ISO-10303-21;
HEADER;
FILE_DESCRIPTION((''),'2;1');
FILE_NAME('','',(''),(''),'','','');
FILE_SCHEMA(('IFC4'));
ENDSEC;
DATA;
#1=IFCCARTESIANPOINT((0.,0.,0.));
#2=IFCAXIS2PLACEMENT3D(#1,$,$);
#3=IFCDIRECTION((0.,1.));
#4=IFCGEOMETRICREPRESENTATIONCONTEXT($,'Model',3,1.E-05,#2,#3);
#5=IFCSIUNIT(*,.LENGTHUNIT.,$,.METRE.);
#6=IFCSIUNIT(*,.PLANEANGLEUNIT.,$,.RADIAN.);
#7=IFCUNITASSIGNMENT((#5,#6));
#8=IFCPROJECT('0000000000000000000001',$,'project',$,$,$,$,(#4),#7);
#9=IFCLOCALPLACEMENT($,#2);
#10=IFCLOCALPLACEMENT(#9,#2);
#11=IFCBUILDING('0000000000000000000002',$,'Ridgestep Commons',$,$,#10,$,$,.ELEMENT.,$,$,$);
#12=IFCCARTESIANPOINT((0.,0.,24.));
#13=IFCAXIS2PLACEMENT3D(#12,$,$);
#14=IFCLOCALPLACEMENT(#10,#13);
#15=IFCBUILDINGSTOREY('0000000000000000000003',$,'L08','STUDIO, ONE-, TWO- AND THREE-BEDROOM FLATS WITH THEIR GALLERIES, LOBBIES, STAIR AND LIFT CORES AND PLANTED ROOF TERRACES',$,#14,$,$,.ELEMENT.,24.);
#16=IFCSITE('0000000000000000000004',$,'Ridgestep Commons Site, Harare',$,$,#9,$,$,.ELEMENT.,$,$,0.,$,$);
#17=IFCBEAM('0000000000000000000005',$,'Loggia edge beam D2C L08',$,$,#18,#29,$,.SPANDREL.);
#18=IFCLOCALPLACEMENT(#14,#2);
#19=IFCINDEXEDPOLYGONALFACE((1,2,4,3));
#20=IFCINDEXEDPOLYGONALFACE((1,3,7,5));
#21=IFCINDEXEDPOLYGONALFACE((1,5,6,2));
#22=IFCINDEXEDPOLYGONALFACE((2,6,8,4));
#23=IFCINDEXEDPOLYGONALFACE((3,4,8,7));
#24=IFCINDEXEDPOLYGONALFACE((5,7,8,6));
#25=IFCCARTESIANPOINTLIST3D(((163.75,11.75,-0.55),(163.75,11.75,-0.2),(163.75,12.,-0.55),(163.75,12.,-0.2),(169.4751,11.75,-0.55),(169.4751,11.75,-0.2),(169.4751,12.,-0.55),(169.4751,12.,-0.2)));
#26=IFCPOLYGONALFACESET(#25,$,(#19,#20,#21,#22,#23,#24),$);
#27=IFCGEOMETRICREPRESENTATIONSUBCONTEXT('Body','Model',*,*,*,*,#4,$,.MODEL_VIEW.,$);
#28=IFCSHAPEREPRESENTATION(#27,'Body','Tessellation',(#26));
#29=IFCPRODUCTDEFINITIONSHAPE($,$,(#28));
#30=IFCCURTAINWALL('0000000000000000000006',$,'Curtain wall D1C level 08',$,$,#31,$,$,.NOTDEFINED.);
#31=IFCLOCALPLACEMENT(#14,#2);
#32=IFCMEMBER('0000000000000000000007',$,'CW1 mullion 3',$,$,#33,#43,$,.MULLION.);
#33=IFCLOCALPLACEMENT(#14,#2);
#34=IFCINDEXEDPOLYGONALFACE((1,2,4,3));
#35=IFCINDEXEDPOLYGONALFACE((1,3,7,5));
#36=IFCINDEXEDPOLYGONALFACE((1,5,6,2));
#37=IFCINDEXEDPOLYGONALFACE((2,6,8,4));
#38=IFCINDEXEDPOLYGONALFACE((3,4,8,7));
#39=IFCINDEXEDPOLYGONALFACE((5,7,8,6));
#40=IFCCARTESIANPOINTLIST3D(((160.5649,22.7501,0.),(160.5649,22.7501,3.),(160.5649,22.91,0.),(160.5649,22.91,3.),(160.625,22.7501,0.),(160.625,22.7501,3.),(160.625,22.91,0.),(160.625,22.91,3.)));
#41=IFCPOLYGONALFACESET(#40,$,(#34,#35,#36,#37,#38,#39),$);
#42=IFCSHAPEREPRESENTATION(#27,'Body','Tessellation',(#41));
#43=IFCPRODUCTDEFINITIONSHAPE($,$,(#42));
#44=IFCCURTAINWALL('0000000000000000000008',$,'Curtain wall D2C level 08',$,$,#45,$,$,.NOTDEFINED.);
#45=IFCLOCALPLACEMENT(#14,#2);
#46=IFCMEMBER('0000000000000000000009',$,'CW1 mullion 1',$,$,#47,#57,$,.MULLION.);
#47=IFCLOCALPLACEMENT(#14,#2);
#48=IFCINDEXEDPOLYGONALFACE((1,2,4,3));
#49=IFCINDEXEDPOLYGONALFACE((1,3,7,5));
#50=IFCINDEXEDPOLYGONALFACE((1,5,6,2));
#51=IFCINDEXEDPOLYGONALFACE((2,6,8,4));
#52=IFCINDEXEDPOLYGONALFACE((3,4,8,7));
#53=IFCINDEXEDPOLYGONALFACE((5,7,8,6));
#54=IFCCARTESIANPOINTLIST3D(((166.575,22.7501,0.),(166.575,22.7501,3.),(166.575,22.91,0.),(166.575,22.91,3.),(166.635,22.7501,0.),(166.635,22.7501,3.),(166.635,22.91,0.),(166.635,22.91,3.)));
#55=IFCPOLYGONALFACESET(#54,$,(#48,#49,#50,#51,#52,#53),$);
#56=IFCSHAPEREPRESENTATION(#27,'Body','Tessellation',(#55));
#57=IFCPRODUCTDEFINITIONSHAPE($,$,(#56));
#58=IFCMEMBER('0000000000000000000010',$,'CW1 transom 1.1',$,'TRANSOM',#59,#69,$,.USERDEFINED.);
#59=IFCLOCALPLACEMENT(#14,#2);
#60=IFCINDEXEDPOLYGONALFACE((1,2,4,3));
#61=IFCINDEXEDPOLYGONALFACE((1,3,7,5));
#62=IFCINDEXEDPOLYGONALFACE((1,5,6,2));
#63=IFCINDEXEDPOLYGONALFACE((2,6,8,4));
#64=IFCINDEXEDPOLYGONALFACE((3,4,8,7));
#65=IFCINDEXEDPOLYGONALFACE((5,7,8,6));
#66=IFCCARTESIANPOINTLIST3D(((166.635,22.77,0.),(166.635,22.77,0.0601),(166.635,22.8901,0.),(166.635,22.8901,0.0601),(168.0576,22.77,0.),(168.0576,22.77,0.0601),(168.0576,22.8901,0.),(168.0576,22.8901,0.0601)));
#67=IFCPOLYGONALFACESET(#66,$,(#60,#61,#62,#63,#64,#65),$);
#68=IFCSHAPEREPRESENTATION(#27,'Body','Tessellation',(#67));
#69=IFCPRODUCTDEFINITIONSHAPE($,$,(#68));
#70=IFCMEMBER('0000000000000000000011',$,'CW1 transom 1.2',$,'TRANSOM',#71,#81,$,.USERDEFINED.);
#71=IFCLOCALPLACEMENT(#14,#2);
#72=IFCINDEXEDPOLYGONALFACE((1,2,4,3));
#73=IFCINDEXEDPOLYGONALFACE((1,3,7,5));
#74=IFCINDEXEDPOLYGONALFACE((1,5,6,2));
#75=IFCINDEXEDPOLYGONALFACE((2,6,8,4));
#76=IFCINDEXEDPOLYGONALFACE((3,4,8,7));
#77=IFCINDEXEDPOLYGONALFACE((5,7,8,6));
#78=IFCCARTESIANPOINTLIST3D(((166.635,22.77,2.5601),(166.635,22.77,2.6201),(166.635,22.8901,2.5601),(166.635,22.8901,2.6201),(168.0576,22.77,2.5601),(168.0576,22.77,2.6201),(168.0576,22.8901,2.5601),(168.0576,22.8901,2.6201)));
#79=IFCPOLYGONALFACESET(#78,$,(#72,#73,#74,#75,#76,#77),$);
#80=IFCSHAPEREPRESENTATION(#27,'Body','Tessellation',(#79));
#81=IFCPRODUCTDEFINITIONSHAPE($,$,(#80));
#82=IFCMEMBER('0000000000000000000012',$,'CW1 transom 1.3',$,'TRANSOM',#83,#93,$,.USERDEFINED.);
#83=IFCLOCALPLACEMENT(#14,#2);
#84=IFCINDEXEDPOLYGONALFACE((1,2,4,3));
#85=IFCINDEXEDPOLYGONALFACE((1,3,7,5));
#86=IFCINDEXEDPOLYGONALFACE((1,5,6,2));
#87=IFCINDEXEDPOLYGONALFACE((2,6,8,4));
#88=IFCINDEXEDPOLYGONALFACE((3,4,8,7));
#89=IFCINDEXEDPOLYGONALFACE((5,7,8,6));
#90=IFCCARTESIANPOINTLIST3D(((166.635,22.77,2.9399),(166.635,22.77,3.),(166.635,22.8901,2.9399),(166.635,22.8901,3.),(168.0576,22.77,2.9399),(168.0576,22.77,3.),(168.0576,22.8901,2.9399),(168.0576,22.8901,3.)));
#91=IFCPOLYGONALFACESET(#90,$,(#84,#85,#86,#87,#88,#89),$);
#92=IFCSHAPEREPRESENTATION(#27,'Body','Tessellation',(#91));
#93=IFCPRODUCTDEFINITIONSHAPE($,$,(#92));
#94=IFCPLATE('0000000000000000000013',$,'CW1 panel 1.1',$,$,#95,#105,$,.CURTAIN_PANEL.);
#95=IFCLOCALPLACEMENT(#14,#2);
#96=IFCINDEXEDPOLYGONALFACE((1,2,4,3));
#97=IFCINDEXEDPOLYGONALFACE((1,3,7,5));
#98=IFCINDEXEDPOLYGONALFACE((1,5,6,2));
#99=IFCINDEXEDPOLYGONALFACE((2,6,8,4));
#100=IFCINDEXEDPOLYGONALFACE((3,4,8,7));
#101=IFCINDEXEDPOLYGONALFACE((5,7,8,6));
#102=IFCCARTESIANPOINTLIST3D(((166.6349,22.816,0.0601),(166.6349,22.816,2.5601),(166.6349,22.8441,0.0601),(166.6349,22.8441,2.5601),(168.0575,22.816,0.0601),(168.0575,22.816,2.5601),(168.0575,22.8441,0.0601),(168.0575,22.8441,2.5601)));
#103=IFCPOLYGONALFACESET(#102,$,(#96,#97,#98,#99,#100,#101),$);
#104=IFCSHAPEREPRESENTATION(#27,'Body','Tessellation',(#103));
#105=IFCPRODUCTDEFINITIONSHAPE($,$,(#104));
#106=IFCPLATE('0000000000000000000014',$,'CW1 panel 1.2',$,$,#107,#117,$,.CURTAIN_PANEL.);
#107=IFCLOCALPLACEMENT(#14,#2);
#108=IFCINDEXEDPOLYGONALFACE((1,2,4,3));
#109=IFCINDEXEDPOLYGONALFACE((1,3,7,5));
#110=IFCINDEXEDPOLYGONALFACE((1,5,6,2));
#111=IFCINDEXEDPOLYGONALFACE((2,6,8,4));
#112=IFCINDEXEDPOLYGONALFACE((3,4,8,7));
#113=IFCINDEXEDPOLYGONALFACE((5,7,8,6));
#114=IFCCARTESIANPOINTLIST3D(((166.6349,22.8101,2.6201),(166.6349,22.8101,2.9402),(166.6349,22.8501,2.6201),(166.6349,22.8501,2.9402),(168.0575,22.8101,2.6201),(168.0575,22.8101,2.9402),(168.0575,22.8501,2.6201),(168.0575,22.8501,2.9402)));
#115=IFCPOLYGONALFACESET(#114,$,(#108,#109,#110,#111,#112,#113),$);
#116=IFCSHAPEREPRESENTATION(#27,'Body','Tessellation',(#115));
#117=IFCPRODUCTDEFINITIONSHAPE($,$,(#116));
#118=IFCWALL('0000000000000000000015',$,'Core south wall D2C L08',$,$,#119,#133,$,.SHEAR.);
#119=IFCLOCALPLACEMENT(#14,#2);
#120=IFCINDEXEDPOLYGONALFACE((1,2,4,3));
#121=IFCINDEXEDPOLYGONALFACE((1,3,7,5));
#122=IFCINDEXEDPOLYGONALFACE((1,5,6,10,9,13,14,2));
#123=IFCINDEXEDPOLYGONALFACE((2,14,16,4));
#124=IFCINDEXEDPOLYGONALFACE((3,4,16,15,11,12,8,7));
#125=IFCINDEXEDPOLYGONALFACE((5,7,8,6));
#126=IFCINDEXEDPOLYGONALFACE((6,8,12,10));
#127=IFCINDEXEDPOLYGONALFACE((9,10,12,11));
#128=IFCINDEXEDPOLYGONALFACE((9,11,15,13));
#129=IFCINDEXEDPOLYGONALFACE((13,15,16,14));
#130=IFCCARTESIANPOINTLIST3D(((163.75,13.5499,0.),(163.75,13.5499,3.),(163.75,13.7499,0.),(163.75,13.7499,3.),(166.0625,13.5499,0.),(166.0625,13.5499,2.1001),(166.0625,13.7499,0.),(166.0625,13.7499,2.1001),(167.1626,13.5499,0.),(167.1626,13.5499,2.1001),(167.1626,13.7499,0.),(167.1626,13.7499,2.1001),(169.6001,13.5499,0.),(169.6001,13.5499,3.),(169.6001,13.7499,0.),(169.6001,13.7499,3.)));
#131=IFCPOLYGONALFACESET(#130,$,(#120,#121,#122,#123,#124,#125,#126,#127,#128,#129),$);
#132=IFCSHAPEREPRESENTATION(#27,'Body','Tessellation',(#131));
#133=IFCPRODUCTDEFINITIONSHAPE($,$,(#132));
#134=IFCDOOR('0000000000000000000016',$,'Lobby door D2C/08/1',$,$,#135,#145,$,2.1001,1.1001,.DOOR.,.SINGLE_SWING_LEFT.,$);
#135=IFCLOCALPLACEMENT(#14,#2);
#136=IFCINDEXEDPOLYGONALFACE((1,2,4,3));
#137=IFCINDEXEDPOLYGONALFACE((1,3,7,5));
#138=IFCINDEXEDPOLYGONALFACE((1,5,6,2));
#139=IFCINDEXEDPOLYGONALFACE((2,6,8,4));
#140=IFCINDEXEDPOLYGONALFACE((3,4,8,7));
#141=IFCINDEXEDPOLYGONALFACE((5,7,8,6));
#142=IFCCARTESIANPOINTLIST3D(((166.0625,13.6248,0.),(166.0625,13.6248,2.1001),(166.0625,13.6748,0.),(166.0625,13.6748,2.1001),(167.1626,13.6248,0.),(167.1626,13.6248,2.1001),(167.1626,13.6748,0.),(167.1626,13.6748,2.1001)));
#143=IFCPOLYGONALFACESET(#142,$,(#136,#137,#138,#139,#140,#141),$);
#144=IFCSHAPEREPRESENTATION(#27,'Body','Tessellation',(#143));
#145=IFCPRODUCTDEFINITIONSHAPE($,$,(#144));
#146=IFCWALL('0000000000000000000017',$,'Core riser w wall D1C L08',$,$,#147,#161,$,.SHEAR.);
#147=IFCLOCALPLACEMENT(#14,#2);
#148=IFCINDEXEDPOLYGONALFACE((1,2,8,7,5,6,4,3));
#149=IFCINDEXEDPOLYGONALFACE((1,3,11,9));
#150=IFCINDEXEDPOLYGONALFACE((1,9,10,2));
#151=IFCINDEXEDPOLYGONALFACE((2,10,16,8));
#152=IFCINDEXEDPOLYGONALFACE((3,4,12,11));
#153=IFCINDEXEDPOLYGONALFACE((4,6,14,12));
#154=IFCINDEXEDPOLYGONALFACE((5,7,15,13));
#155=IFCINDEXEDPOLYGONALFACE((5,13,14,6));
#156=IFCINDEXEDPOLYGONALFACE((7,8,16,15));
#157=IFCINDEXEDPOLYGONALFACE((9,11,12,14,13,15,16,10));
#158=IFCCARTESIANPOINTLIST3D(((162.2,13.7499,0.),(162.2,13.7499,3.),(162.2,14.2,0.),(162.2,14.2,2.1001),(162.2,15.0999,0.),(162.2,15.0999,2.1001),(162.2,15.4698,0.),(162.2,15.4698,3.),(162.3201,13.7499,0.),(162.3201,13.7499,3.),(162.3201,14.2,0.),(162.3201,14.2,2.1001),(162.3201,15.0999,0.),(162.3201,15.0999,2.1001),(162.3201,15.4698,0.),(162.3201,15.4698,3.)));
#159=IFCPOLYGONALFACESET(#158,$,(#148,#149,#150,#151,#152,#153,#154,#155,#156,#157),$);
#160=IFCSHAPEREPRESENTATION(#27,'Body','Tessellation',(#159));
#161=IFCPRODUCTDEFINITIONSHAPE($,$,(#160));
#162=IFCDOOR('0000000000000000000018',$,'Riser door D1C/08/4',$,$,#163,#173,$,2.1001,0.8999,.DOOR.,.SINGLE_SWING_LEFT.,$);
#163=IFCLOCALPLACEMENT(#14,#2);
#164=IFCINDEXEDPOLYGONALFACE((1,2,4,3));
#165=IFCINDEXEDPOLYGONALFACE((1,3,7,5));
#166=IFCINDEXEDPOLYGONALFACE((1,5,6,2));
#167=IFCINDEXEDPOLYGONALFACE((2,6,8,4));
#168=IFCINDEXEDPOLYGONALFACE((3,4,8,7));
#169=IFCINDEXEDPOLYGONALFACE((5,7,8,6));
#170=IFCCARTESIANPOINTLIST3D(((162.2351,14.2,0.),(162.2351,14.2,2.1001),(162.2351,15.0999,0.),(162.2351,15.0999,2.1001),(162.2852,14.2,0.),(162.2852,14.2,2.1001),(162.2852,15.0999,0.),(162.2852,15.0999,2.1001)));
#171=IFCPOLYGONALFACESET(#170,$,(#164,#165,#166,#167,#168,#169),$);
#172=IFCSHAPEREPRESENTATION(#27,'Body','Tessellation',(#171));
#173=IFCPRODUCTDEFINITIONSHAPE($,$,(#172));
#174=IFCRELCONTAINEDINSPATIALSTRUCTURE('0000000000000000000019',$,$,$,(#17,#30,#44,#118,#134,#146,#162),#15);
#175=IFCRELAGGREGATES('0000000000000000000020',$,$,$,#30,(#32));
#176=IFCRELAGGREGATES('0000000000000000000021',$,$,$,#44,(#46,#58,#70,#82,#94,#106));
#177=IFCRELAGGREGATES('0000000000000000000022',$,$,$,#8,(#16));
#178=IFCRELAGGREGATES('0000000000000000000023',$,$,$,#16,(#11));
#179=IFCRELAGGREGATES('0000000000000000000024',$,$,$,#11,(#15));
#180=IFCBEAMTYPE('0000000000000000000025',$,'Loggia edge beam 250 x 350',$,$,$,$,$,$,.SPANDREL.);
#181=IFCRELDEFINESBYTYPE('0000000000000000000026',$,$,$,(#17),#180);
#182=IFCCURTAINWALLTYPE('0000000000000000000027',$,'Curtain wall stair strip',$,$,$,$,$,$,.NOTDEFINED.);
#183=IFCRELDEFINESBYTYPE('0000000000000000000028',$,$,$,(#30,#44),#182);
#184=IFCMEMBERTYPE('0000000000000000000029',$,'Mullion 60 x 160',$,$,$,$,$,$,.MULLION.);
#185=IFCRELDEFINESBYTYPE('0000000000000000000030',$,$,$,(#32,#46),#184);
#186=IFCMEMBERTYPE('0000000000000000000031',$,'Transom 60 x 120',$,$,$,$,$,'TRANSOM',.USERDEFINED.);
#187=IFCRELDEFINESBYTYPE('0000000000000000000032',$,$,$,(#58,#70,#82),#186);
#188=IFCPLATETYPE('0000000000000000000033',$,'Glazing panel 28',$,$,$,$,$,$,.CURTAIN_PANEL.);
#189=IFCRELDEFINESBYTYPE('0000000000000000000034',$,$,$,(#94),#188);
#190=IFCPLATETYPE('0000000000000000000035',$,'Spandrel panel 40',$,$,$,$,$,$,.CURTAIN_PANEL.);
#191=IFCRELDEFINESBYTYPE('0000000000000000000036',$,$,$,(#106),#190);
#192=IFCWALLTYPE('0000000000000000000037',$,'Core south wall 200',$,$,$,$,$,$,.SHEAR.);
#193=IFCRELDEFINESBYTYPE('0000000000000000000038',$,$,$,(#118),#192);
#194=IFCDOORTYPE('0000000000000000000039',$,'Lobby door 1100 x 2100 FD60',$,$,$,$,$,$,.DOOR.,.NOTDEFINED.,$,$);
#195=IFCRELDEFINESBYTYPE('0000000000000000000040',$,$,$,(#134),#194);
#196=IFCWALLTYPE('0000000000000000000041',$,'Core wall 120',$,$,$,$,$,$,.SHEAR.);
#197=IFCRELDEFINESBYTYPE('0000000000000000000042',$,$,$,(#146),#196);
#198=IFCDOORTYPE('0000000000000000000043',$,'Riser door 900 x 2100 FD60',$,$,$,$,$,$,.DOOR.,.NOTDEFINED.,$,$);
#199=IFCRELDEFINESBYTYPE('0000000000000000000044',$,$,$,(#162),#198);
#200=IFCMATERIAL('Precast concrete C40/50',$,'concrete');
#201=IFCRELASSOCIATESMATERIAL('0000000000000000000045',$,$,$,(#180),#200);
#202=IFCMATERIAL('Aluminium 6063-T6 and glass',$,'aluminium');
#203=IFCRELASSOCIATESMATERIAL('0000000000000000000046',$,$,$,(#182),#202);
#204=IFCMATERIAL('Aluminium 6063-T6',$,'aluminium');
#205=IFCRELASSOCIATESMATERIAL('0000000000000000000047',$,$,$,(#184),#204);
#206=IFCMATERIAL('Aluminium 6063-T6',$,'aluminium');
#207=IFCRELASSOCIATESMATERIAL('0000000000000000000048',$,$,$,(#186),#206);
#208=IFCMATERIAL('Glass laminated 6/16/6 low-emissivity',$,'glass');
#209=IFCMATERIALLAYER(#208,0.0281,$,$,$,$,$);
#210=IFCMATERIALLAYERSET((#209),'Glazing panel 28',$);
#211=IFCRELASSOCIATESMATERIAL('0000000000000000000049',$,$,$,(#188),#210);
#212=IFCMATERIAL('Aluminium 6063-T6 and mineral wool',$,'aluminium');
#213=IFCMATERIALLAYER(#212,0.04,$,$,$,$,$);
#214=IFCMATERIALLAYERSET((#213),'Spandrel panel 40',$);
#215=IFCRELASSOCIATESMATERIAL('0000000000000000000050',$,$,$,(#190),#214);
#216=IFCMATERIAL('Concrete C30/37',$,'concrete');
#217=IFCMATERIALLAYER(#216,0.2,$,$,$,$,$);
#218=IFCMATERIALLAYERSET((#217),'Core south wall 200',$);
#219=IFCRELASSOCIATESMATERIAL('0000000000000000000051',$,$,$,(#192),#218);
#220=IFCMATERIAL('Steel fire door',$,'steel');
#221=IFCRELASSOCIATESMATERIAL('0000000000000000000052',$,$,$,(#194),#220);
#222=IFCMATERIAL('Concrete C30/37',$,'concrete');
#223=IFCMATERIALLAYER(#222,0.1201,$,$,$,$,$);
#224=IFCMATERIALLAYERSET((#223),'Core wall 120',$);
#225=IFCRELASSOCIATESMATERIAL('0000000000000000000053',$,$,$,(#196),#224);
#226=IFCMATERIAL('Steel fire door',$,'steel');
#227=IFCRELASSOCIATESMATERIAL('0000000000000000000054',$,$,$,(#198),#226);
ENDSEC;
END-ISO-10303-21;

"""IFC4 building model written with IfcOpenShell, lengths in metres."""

from ifc_helpers import new_model, si_unit, direction, frame, frame_2d, origin, origin_2d, place, context, subcontext, project, spatial, rectangle, extrude, material, layer, layer_set, material_profile, profile_set, type_object, element, fill, aggregate, save


model = new_model("IFC4")

# Units and contexts
model_context = context("Model", 3, precision=1e-05, world=origin(), true_north=direction((0.0, 1.0)))
body_context = subcontext(model_context, "Body", "Model", "MODEL_VIEW")
ifc_project = project(units=[si_unit("LENGTHUNIT", "METRE"), si_unit("PLANEANGLEUNIT", "RADIAN")], contexts=[model_context])

# Site, building, storey
site_placement = place(None, origin())
site = spatial("IfcSite", under=ifc_project, at=site_placement, Name="Ridgestep Commons Site, Harare", CompositionType="ELEMENT", RefElevation=0.0)
building_placement = place(site_placement, origin())
building = spatial("IfcBuilding", under=site, at=building_placement, Name="Ridgestep Commons", CompositionType="ELEMENT")
storey_placement = place(building_placement, frame((0.0, 0.0, 24.0)))
storey = spatial("IfcBuildingStorey", under=building, at=storey_placement, Name="L08", Description="STUDIO, ONE-, TWO- AND THREE-BEDROOM FLATS WITH THEIR GALLERIES, LOBBIES, STAIR AND LIFT CORES AND PLANTED ROOF TERRACES", CompositionType="ELEMENT", Elevation=24.0)

# Beam
ifc_material_1 = material(Name="Precast concrete C40/50", Category="concrete")
ifc_material_profile_1 = material_profile(ifc_material_1, rectangle(XDim=0.25, YDim=0.3501, at=origin_2d()), Name="PC 250x350")
ifc_profile_set_1 = profile_set([ifc_material_profile_1], Name="Precast concrete C40/50")
beam_type = type_object("IfcBeamType", Name="Loggia edge beam 250 x 350", PredefinedType="SPANDREL", material=ifc_profile_set_1)
beam_placement = place(storey_placement, frame((163.75, 11.875, -0.375), z_axis=(1.0, 0.0, 0.0), x_axis=(0.0, 1.0, 0.0)))
element("IfcBeam", 1, at=beam_placement, inside=storey, type_object=beam_type, Name="Loggia edge beam D2C L08", PredefinedType="SPANDREL", context=body_context, shape_type="SweptSolid", body=[
    extrude(rectangle(XDim=0.25, YDim=0.3501, at=origin_2d()), origin(), (0.0, 0.0, 1.0), 5.7251),
])

# Curtain wall, member
ifc_material_2 = material(Name="Aluminium 6063-T6 and glass", Category="aluminium")
curtain_wall_type = type_object("IfcCurtainWallType", Name="Curtain wall stair strip", PredefinedType="NOTDEFINED", material=ifc_material_2)
curtain_wall_1_placement = place(storey_placement, origin())
curtain_wall_1 = element("IfcCurtainWall", 2, at=curtain_wall_1_placement, inside=storey, type_object=curtain_wall_type, Name="Curtain wall D1C level 08", PredefinedType="NOTDEFINED")
ifc_material_3 = material(Name="Aluminium 6063-T6", Category="aluminium")
ifc_material_profile_2 = material_profile(ifc_material_3, rectangle(XDim=0.1599, YDim=0.0601, at=origin_2d()), Name="Mullion 60 x 160")
ifc_profile_set_2 = profile_set([ifc_material_profile_2], Name="Aluminium 6063-T6")
member_type_1 = type_object("IfcMemberType", Name="Mullion 60 x 160", PredefinedType="MULLION", material=ifc_profile_set_2)
member_1_placement = place(storey_placement, frame((160.595, 22.8301, 0.0), z_axis=(0.0, 0.0, 1.0), x_axis=(0.0, 1.0, 0.0)))
member_1 = element("IfcMember", 3, at=member_1_placement, type_object=member_type_1, Name="CW1 mullion 3", PredefinedType="MULLION", context=body_context, shape_type="SweptSolid", body=[
    extrude(rectangle(XDim=0.1599, YDim=0.0601, at=origin_2d()), origin(), (0.0, 0.0, 1.0), 3.0),
])
aggregate(curtain_wall_1, [member_1])

# Curtain wall, members, plates
curtain_wall_2_placement = place(storey_placement, origin())
curtain_wall_2 = element("IfcCurtainWall", 4, at=curtain_wall_2_placement, inside=storey, type_object=curtain_wall_type, Name="Curtain wall D2C level 08", PredefinedType="NOTDEFINED")
member_2_placement = place(storey_placement, frame((166.605, 22.8301, 0.0), z_axis=(0.0, 0.0, 1.0), x_axis=(0.0, 1.0, 0.0)))
member_2 = element("IfcMember", 5, at=member_2_placement, type_object=member_type_1, Name="CW1 mullion 1", PredefinedType="MULLION", context=body_context, shape_type="SweptSolid", body=[
    extrude(rectangle(XDim=0.1599, YDim=0.0601, at=origin_2d()), origin(), (0.0, 0.0, 1.0), 3.0),
])
ifc_material_4 = material(Name="Aluminium 6063-T6", Category="aluminium")
ifc_material_profile_3 = material_profile(ifc_material_4, rectangle(XDim=0.1201, YDim=0.0601, at=origin_2d()), Name="Transom 60 x 120")
ifc_profile_set_3 = profile_set([ifc_material_profile_3], Name="Aluminium 6063-T6")
member_type_2 = type_object("IfcMemberType", Name="Transom 60 x 120", ElementType="TRANSOM", PredefinedType="USERDEFINED", material=ifc_profile_set_3)
member_3_placement = place(storey_placement, frame((166.635, 22.8301, 0.03), z_axis=(1.0, 0.0, 0.0), x_axis=(0.0, 1.0, 0.0)))
member_3 = element("IfcMember", 6, at=member_3_placement, type_object=member_type_2, Name="CW1 transom 1.1", ObjectType="TRANSOM", PredefinedType="USERDEFINED", context=body_context, shape_type="SweptSolid", body=[
    extrude(rectangle(XDim=0.1201, YDim=0.0601, at=origin_2d()), origin(), (0.0, 0.0, 1.0), 1.4226),
])
member_4_placement = place(storey_placement, frame((166.635, 22.8301, 2.5901), z_axis=(1.0, 0.0, 0.0), x_axis=(0.0, 1.0, 0.0)))
member_4 = element("IfcMember", 7, at=member_4_placement, type_object=member_type_2, Name="CW1 transom 1.2", ObjectType="TRANSOM", PredefinedType="USERDEFINED", context=body_context, shape_type="SweptSolid", body=[
    extrude(rectangle(XDim=0.1201, YDim=0.0601, at=origin_2d()), origin(), (0.0, 0.0, 1.0), 1.4226),
])
member_5_placement = place(storey_placement, frame((166.635, 22.8301, 2.97), z_axis=(1.0, 0.0, 0.0), x_axis=(0.0, 1.0, 0.0)))
member_5 = element("IfcMember", 8, at=member_5_placement, type_object=member_type_2, Name="CW1 transom 1.3", ObjectType="TRANSOM", PredefinedType="USERDEFINED", context=body_context, shape_type="SweptSolid", body=[
    extrude(rectangle(XDim=0.1201, YDim=0.0601, at=origin_2d()), origin(), (0.0, 0.0, 1.0), 1.4226),
])
ifc_material_5 = material(Name="Glass laminated 6/16/6 low-emissivity", Category="glass")
ifc_layer_1 = layer(ifc_material_5, 0.0281)
ifc_layer_set_1 = layer_set([ifc_layer_1], Name="Glazing panel 28")
plate_type_1 = type_object("IfcPlateType", Name="Glazing panel 28", PredefinedType="CURTAIN_PANEL", material=ifc_layer_set_1)
plate_1_placement = place(storey_placement, frame((167.3462, 22.8301, 0.0601), z_axis=(0.0, 0.0, 1.0), x_axis=(1.0, 0.0, 0.0)))
plate_1 = element("IfcPlate", 9, at=plate_1_placement, type_object=plate_type_1, Name="CW1 panel 1.1", PredefinedType="CURTAIN_PANEL", context=body_context, shape_type="SweptSolid", body=[
    extrude(rectangle(XDim=1.4226, YDim=0.0281, at=origin_2d()), origin(), (0.0, 0.0, 1.0), 2.5),
])
ifc_material_6 = material(Name="Aluminium 6063-T6 and mineral wool", Category="aluminium")
ifc_layer_2 = layer(ifc_material_6, 0.04)
ifc_layer_set_2 = layer_set([ifc_layer_2], Name="Spandrel panel 40")
plate_type_2 = type_object("IfcPlateType", Name="Spandrel panel 40", PredefinedType="CURTAIN_PANEL", material=ifc_layer_set_2)
plate_2_placement = place(storey_placement, frame((167.3462, 22.8301, 2.6201), z_axis=(0.0, 0.0, 1.0), x_axis=(1.0, 0.0, 0.0)))
plate_2 = element("IfcPlate", 10, at=plate_2_placement, type_object=plate_type_2, Name="CW1 panel 1.2", PredefinedType="CURTAIN_PANEL", context=body_context, shape_type="SweptSolid", body=[
    extrude(rectangle(XDim=1.4226, YDim=0.04, at=origin_2d()), origin(), (0.0, 0.0, 1.0), 0.3201),
])
aggregate(curtain_wall_2, [member_2, member_3, member_4, member_5, plate_1, plate_2])

# Walls, openings, doors
ifc_material_7 = material(Name="Concrete C30/37", Category="concrete")
ifc_layer_3 = layer(ifc_material_7, 0.2)
ifc_layer_set_3 = layer_set([ifc_layer_3], Name="Core south wall 200")
wall_type_1 = type_object("IfcWallType", Name="Core south wall 200", PredefinedType="SHEAR", material=ifc_layer_set_3)
wall_1_placement = place(storey_placement, frame((163.75, 13.6499, 0.0), z_axis=(0.0, 0.0, 1.0), x_axis=(1.0, 0.0, 0.0)))
wall_1 = element("IfcWall", 11, at=wall_1_placement, inside=storey, type_object=wall_type_1, Name="Core south wall D2C L08", PredefinedType="SHEAR", context=body_context, shape_type="SweptSolid", body=[
    extrude(rectangle(XDim=5.8501, YDim=0.2, at=frame_2d((2.925, 0.0))), origin(), (0.0, 0.0, 1.0), 3.0),
])
opening_1_placement = place(wall_1_placement, frame((2.3125, 0.0, 0.0)))
opening_1 = element("IfcOpeningElement", 12, at=opening_1_placement, cuts=wall_1, PredefinedType="OPENING", context=body_context, shape_type="SweptSolid", body=[
    extrude(rectangle(XDim=1.1001, YDim=2.1001, at=frame_2d((0.55, 1.05))), frame((0.0, 0.1099, 0.0), z_axis=(0.0, -1.0, 0.0), x_axis=(1.0, 0.0, 0.0)), (0.0, 0.0, 1.0), 0.22),
])
ifc_material_8 = material(Name="Steel fire door", Category="steel")
door_type_1 = type_object("IfcDoorType", Name="Lobby door 1100 x 2100 FD60", OperationType="NOTDEFINED", PredefinedType="DOOR", material=ifc_material_8)
door_1_placement = place(opening_1_placement, origin())
door_1 = element("IfcDoor", 13, at=door_1_placement, inside=storey, type_object=door_type_1, Name="Lobby door D2C/08/1", OperationType="SINGLE_SWING_LEFT", OverallHeight=2.1001, OverallWidth=1.1001, PredefinedType="DOOR", context=body_context, shape_type="SweptSolid", body=[
    extrude(rectangle(XDim=1.1001, YDim=2.1001, at=frame_2d((0.55, 1.05))), frame((0.0, 0.0249, 0.0), z_axis=(0.0, -1.0, 0.0), x_axis=(1.0, 0.0, 0.0)), (0.0, 0.0, 1.0), 0.05),
])
fill(opening_1, door_1)
ifc_material_9 = material(Name="Concrete C30/37", Category="concrete")
ifc_layer_4 = layer(ifc_material_9, 0.1201)
ifc_layer_set_4 = layer_set([ifc_layer_4], Name="Core wall 120")
wall_type_2 = type_object("IfcWallType", Name="Core wall 120", PredefinedType="SHEAR", material=ifc_layer_set_4)
wall_2_placement = place(storey_placement, frame((162.26, 13.75, 0.0), z_axis=(0.0, 0.0, 1.0), x_axis=(0.0, 1.0, 0.0)))
wall_2 = element("IfcWall", 14, at=wall_2_placement, inside=storey, type_object=wall_type_2, Name="Core riser w wall D1C L08", PredefinedType="SHEAR", context=body_context, shape_type="SweptSolid", body=[
    extrude(rectangle(XDim=1.72, YDim=0.1201, at=frame_2d((0.8599, 0.0))), origin(), (0.0, 0.0, 1.0), 3.0),
])
opening_2_placement = place(wall_2_placement, frame((0.45, 0.0, 0.0)))
opening_2 = element("IfcOpeningElement", 15, at=opening_2_placement, cuts=wall_2, PredefinedType="OPENING", context=body_context, shape_type="SweptSolid", body=[
    extrude(rectangle(XDim=0.8999, YDim=2.1001, at=frame_2d((0.45, 1.05))), frame((0.0, 0.0701, 0.0), z_axis=(0.0, -1.0, 0.0), x_axis=(1.0, 0.0, 0.0)), (0.0, 0.0, 1.0), 0.1401),
])
ifc_material_10 = material(Name="Steel fire door", Category="steel")
door_type_2 = type_object("IfcDoorType", Name="Riser door 900 x 2100 FD60", OperationType="NOTDEFINED", PredefinedType="DOOR", material=ifc_material_10)
door_2_placement = place(opening_2_placement, origin())
door_2 = element("IfcDoor", 16, at=door_2_placement, inside=storey, type_object=door_type_2, Name="Riser door D1C/08/4", OperationType="SINGLE_SWING_LEFT", OverallHeight=2.1001, OverallWidth=0.8999, PredefinedType="DOOR", context=body_context, shape_type="SweptSolid", body=[
    extrude(rectangle(XDim=0.8999, YDim=2.1001, at=frame_2d((0.45, 1.05))), frame((0.0, 0.0249, 0.0), z_axis=(0.0, -1.0, 0.0), x_axis=(1.0, 0.0, 0.0)), (0.0, 0.0, 1.0), 0.05),
])
fill(opening_2, door_2)

save(model, "model.ifc")
